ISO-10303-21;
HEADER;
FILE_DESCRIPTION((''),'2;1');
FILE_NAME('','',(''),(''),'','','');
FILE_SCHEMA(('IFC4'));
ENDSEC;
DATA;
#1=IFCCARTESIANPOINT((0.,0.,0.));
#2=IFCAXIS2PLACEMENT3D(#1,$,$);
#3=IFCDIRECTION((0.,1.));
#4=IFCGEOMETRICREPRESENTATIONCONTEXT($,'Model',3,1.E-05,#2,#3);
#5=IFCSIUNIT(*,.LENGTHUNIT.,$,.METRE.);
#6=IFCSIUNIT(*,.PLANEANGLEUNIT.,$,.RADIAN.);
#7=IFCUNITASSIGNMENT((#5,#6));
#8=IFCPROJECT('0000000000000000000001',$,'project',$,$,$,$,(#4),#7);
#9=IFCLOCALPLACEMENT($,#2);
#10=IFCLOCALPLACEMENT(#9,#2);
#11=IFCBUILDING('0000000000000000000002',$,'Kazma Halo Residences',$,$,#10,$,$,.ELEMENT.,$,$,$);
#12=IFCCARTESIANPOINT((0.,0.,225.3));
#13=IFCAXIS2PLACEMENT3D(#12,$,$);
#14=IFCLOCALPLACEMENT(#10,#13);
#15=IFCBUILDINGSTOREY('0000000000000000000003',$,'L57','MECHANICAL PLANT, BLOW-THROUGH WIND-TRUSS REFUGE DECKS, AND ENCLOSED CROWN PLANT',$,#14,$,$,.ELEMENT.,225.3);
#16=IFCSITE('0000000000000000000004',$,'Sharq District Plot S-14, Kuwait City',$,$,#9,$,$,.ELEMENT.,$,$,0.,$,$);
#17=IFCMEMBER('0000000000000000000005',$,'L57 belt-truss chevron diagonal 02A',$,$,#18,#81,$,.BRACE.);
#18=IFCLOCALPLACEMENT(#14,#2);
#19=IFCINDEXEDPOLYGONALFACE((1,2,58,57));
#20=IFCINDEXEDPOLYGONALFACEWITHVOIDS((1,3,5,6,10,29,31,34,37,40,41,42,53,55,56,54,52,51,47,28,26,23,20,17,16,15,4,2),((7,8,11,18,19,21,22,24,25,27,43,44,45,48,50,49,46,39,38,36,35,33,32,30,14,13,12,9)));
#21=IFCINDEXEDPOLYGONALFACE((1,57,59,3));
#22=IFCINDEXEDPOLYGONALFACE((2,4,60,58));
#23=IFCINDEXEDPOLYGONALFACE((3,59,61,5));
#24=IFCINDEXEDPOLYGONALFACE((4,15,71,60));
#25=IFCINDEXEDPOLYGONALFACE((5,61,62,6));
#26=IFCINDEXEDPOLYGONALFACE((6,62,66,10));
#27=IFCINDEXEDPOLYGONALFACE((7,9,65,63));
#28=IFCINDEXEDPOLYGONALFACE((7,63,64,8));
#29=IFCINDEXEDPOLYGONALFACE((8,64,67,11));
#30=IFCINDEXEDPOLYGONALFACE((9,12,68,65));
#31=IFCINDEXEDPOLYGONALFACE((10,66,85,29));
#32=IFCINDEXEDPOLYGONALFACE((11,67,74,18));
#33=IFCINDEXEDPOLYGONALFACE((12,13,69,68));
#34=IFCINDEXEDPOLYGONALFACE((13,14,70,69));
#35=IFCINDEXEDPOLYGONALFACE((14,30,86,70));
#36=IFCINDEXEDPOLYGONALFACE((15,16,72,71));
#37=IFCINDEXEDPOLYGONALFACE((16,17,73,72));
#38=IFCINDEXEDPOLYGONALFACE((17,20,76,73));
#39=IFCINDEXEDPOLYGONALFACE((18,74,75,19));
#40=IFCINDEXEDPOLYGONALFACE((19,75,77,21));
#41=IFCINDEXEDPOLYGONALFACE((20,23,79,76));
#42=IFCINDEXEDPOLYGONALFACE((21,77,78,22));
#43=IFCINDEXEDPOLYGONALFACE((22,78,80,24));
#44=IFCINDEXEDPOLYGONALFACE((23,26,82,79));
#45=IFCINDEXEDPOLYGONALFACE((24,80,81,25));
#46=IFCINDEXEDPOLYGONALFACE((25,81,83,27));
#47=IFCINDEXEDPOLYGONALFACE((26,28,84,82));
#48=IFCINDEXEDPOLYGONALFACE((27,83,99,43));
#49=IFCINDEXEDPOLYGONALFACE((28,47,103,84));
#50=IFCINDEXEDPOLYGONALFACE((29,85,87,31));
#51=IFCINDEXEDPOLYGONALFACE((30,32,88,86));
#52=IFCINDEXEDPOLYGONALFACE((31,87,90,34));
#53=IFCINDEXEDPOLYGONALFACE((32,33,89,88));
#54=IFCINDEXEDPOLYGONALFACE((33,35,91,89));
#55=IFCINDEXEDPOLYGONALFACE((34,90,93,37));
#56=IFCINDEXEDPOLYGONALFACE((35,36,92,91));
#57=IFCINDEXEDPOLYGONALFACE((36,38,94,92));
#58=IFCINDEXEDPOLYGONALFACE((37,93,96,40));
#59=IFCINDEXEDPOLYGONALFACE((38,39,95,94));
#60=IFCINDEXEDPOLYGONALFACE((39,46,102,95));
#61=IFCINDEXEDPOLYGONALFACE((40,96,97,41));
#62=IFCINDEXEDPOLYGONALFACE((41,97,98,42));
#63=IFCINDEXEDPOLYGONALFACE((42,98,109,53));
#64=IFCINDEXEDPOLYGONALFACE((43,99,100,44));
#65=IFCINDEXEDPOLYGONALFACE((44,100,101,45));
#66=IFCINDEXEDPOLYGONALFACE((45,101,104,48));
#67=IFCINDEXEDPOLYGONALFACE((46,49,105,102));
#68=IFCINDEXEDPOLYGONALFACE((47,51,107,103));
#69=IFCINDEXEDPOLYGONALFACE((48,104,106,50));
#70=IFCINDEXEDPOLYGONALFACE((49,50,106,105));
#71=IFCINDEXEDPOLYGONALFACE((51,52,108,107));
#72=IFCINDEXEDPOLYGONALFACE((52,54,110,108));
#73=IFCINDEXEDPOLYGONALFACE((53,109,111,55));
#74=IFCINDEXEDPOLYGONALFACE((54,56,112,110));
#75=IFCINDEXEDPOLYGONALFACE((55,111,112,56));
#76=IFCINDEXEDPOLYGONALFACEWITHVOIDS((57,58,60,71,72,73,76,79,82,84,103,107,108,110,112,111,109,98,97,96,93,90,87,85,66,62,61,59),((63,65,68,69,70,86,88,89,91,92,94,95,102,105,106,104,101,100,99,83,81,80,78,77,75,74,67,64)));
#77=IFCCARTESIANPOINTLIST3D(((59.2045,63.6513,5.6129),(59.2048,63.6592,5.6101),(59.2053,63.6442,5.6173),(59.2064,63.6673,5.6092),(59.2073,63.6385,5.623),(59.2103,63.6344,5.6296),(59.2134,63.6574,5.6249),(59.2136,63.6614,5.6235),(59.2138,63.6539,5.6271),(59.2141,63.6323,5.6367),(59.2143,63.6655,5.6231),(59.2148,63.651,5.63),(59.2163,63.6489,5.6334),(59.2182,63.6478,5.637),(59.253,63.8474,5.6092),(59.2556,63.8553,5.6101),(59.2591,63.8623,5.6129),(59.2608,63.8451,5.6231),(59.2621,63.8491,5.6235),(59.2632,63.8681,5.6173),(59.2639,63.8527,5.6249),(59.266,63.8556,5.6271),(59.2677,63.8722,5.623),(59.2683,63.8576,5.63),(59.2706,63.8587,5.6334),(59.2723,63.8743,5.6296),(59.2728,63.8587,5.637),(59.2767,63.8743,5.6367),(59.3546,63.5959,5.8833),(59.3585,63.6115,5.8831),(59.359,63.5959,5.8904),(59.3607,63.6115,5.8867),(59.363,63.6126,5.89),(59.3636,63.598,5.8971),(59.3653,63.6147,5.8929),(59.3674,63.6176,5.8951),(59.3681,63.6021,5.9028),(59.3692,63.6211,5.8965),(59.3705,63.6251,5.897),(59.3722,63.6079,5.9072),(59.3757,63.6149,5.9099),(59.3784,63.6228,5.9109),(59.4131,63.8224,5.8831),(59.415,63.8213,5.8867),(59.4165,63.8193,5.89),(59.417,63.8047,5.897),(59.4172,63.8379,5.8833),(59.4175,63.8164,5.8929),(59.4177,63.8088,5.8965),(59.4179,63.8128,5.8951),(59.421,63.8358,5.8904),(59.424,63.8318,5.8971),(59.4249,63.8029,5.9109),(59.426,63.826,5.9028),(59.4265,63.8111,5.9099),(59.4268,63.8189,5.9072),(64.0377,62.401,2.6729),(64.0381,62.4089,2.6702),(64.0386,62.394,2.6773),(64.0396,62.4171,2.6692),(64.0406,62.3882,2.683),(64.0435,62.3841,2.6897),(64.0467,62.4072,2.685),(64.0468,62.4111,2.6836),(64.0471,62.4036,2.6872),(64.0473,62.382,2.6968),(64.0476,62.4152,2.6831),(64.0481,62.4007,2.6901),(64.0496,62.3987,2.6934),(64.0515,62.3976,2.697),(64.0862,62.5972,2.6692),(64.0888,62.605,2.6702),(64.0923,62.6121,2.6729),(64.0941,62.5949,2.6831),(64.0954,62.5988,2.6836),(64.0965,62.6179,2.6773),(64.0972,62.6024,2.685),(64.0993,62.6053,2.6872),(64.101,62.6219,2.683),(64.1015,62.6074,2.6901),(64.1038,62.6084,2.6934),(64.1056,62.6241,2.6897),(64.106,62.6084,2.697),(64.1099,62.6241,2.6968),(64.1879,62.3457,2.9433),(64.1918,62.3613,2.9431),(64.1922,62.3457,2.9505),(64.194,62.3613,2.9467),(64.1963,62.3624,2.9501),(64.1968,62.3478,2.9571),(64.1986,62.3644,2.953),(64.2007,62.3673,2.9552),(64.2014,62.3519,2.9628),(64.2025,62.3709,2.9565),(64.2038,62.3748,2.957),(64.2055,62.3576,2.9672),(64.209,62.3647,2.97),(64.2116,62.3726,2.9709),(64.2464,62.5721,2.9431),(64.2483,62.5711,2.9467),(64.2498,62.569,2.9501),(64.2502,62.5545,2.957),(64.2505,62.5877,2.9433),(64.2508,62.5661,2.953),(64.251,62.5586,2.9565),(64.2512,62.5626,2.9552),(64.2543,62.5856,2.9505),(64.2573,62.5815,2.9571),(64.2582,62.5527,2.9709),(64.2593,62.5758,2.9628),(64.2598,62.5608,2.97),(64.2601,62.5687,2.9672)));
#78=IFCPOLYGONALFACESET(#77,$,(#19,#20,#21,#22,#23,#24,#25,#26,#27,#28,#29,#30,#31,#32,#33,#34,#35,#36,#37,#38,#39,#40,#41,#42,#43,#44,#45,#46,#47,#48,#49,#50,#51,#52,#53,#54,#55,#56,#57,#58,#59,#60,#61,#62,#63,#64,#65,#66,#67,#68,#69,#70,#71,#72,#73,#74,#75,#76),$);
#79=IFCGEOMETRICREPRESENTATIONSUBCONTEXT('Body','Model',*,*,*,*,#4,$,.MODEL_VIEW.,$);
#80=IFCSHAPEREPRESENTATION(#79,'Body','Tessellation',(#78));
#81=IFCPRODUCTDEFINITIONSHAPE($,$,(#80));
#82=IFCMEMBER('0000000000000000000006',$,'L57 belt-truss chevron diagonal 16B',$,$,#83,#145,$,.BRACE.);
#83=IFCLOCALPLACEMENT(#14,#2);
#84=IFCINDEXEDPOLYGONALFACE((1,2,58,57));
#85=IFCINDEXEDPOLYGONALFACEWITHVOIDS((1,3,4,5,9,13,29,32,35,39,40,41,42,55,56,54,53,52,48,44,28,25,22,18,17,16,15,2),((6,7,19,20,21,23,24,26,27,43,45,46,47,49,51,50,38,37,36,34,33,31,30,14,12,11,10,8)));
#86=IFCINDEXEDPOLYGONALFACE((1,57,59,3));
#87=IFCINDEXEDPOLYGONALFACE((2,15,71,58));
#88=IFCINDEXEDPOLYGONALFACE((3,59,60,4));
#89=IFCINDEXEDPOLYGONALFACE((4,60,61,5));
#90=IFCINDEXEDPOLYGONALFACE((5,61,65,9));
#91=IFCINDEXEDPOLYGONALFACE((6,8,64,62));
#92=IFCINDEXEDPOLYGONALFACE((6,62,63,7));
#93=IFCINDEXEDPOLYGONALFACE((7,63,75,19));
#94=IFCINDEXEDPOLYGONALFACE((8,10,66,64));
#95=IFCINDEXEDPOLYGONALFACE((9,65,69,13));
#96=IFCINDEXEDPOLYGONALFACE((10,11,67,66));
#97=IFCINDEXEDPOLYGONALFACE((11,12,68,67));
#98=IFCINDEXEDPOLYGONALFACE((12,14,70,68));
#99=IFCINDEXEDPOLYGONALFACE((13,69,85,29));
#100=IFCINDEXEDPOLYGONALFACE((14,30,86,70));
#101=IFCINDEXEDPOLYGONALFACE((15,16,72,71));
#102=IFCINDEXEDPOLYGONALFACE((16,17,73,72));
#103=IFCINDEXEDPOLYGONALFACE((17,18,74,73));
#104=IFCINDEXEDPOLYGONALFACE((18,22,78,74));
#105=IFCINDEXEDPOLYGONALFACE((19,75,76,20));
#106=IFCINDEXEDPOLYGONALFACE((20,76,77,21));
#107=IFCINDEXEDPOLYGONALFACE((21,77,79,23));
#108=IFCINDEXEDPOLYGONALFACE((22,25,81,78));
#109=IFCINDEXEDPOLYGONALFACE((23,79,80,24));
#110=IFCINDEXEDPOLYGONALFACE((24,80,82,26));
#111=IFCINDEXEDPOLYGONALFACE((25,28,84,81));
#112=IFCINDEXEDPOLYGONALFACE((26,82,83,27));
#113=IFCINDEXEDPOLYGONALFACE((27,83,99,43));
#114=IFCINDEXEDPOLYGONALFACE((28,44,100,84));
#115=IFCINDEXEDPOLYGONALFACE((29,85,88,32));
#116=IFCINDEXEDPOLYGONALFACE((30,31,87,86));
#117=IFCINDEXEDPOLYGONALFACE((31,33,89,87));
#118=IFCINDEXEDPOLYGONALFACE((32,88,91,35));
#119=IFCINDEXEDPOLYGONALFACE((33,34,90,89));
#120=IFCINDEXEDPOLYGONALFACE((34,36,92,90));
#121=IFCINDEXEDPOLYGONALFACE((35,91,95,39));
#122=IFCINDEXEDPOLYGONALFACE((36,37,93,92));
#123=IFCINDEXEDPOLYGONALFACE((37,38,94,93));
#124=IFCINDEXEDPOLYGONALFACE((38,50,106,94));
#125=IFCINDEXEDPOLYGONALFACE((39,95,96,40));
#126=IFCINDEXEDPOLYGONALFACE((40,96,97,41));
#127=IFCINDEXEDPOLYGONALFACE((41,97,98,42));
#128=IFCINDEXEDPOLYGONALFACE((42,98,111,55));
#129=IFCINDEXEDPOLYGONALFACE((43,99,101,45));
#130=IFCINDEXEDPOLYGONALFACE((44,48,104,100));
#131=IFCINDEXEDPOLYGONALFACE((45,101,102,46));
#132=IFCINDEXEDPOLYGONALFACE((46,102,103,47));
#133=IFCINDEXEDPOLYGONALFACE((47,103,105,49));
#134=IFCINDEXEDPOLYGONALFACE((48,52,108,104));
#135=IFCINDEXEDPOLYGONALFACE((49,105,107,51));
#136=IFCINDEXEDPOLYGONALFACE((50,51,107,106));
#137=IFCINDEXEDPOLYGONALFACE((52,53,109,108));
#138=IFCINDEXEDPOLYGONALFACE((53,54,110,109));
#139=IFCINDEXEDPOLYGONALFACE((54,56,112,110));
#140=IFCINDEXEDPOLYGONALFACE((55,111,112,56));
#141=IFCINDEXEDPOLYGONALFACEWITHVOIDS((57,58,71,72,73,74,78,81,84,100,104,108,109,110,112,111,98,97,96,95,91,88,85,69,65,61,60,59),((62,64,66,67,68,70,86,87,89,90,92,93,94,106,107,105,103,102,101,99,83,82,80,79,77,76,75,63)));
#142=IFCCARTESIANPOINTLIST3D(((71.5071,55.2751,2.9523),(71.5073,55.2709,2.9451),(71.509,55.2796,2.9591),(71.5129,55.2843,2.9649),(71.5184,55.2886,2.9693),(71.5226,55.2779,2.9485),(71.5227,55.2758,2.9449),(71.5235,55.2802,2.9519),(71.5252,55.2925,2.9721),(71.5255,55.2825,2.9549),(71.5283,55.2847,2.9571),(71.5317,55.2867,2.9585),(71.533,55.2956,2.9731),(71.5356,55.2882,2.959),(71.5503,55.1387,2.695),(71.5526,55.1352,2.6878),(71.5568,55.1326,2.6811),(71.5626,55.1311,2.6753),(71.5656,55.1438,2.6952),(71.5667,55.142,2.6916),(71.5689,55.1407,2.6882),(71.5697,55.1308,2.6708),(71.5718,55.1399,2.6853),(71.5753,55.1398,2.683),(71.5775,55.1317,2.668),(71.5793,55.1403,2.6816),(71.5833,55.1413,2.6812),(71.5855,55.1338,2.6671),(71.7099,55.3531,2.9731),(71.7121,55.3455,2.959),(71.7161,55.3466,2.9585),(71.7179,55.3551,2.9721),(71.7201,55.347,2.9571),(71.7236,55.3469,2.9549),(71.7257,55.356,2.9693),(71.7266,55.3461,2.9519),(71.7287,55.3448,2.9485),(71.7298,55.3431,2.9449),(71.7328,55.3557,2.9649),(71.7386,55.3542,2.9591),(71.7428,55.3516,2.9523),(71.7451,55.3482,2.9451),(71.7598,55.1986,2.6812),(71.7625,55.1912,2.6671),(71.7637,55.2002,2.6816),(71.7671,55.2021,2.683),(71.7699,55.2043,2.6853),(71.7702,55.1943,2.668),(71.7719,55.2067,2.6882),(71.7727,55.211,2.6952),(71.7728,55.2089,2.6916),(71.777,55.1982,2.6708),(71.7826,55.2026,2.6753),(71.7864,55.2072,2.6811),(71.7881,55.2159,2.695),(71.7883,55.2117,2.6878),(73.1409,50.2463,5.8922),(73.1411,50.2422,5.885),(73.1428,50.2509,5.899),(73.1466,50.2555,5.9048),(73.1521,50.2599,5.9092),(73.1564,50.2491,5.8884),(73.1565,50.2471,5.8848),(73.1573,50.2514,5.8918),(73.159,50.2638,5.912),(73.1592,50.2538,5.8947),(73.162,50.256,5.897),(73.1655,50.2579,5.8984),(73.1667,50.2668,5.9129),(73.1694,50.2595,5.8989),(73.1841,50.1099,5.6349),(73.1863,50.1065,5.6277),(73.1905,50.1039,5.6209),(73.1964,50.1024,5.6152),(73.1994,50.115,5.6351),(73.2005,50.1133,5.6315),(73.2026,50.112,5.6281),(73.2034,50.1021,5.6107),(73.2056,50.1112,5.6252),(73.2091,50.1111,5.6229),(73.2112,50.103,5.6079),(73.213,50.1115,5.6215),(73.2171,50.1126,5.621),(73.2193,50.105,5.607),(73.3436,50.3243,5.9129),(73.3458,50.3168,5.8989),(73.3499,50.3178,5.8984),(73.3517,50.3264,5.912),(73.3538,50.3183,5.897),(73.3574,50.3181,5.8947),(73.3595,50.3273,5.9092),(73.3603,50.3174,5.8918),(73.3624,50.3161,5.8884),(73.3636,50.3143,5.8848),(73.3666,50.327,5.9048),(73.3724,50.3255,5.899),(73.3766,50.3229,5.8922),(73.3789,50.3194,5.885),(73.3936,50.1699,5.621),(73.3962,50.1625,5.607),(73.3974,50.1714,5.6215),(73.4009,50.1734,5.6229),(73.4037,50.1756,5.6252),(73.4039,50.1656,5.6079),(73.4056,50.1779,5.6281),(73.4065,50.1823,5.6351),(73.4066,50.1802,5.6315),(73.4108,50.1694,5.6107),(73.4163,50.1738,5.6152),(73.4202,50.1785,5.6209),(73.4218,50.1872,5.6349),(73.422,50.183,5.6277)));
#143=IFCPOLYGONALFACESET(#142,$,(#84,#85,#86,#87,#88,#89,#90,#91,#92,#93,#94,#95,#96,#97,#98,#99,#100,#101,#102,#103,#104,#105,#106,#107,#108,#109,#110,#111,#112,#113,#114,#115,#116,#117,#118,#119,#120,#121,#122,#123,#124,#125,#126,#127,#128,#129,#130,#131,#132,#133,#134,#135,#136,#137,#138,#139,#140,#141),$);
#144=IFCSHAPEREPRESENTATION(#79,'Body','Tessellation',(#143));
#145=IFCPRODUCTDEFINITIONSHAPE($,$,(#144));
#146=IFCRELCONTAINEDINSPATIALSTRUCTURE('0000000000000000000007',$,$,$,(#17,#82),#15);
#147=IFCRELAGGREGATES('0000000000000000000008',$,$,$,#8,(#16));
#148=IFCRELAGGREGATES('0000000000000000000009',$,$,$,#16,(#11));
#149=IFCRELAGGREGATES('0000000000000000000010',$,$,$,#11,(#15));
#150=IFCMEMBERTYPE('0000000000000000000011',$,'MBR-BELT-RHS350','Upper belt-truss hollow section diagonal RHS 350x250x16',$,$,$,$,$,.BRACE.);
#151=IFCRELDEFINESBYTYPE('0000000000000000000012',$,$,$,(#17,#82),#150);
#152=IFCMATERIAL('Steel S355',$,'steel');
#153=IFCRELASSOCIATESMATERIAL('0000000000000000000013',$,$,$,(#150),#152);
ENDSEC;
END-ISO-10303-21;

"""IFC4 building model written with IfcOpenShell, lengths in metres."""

from ifc_helpers import new_model, si_unit, direction, frame, origin, origin_2d, place, context, subcontext, project, spatial, hollow_rectangle, extrude, material, material_profile, profile_set, type_object, element, save


model = new_model("IFC4")

# Units and contexts
model_context = context("Model", 3, precision=1e-05, world=origin(), true_north=direction((0.0, 1.0)))
body_context = subcontext(model_context, "Body", "Model", "MODEL_VIEW")
ifc_project = project(units=[si_unit("LENGTHUNIT", "METRE"), si_unit("PLANEANGLEUNIT", "RADIAN")], contexts=[model_context])

# Site, building, storey
site_placement = place(None, origin())
site = spatial("IfcSite", under=ifc_project, at=site_placement, Name="Sharq District Plot S-14, Kuwait City", CompositionType="ELEMENT", RefElevation=0.0)
building_placement = place(site_placement, origin())
building = spatial("IfcBuilding", under=site, at=building_placement, Name="Kazma Halo Residences", CompositionType="ELEMENT")
storey_placement = place(building_placement, frame((0.0, 0.0, 225.3)))
storey = spatial("IfcBuildingStorey", under=building, at=storey_placement, Name="L57", Description="MECHANICAL PLANT, BLOW-THROUGH WIND-TRUSS REFUGE DECKS, AND ENCLOSED CROWN PLANT", CompositionType="ELEMENT", Elevation=225.3)

# Shared definitions
ifc_material_1 = material(Name="Steel S355", Category="steel")

# Members
ifc_material_profile_1 = material_profile(ifc_material_1, hollow_rectangle(XDim=0.25, YDim=0.3501, WallThickness=0.0161, InnerFilletRadius=0.0161, OuterFilletRadius=0.032, at=origin_2d()), Name="RHS350x250x16")
ifc_profile_set_1 = profile_set([ifc_material_profile_1], Name="Steel S355")
member_type_1 = type_object("IfcMemberType", Name="MBR-BELT-RHS350", Description="Upper belt-truss hollow section diagonal RHS 350x250x16", PredefinedType="BRACE", material=ifc_profile_set_1)
member_1_placement = place(storey_placement, frame((64.1489, 62.4849, 2.8201), z_axis=(-0.834229, 0.215795, 0.50744), x_axis=(-0.250433, -0.968134, 0.0)))
element("IfcMember", 1, at=member_1_placement, inside=storey, type_object=member_type_1, Name="L57 belt-truss chevron diagonal 02A", PredefinedType="BRACE", context=body_context, shape_type="SweptSolid", body=[
    extrude(hollow_rectangle(XDim=0.25, YDim=0.3501, WallThickness=0.0161, InnerFilletRadius=0.0161, OuterFilletRadius=0.032, at=origin_2d()), origin(), (0.0, 0.0, 1.0), 5.7937),
])
member_2_placement = place(storey_placement, frame((71.6477, 55.2434, 2.8201), z_axis=(0.270052, -0.83122, 0.485948), x_axis=(0.951066, 0.308988, 0.0)))
element("IfcMember", 2, at=member_2_placement, inside=storey, type_object=member_type_1, Name="L57 belt-truss chevron diagonal 16B", PredefinedType="BRACE", context=body_context, shape_type="SweptSolid", body=[
    extrude(hollow_rectangle(XDim=0.25, YDim=0.3501, WallThickness=0.0161, InnerFilletRadius=0.0161, OuterFilletRadius=0.032, at=origin_2d()), origin(), (0.0, 0.0, 1.0), 6.0498),
])

save(model, "model.ifc")
